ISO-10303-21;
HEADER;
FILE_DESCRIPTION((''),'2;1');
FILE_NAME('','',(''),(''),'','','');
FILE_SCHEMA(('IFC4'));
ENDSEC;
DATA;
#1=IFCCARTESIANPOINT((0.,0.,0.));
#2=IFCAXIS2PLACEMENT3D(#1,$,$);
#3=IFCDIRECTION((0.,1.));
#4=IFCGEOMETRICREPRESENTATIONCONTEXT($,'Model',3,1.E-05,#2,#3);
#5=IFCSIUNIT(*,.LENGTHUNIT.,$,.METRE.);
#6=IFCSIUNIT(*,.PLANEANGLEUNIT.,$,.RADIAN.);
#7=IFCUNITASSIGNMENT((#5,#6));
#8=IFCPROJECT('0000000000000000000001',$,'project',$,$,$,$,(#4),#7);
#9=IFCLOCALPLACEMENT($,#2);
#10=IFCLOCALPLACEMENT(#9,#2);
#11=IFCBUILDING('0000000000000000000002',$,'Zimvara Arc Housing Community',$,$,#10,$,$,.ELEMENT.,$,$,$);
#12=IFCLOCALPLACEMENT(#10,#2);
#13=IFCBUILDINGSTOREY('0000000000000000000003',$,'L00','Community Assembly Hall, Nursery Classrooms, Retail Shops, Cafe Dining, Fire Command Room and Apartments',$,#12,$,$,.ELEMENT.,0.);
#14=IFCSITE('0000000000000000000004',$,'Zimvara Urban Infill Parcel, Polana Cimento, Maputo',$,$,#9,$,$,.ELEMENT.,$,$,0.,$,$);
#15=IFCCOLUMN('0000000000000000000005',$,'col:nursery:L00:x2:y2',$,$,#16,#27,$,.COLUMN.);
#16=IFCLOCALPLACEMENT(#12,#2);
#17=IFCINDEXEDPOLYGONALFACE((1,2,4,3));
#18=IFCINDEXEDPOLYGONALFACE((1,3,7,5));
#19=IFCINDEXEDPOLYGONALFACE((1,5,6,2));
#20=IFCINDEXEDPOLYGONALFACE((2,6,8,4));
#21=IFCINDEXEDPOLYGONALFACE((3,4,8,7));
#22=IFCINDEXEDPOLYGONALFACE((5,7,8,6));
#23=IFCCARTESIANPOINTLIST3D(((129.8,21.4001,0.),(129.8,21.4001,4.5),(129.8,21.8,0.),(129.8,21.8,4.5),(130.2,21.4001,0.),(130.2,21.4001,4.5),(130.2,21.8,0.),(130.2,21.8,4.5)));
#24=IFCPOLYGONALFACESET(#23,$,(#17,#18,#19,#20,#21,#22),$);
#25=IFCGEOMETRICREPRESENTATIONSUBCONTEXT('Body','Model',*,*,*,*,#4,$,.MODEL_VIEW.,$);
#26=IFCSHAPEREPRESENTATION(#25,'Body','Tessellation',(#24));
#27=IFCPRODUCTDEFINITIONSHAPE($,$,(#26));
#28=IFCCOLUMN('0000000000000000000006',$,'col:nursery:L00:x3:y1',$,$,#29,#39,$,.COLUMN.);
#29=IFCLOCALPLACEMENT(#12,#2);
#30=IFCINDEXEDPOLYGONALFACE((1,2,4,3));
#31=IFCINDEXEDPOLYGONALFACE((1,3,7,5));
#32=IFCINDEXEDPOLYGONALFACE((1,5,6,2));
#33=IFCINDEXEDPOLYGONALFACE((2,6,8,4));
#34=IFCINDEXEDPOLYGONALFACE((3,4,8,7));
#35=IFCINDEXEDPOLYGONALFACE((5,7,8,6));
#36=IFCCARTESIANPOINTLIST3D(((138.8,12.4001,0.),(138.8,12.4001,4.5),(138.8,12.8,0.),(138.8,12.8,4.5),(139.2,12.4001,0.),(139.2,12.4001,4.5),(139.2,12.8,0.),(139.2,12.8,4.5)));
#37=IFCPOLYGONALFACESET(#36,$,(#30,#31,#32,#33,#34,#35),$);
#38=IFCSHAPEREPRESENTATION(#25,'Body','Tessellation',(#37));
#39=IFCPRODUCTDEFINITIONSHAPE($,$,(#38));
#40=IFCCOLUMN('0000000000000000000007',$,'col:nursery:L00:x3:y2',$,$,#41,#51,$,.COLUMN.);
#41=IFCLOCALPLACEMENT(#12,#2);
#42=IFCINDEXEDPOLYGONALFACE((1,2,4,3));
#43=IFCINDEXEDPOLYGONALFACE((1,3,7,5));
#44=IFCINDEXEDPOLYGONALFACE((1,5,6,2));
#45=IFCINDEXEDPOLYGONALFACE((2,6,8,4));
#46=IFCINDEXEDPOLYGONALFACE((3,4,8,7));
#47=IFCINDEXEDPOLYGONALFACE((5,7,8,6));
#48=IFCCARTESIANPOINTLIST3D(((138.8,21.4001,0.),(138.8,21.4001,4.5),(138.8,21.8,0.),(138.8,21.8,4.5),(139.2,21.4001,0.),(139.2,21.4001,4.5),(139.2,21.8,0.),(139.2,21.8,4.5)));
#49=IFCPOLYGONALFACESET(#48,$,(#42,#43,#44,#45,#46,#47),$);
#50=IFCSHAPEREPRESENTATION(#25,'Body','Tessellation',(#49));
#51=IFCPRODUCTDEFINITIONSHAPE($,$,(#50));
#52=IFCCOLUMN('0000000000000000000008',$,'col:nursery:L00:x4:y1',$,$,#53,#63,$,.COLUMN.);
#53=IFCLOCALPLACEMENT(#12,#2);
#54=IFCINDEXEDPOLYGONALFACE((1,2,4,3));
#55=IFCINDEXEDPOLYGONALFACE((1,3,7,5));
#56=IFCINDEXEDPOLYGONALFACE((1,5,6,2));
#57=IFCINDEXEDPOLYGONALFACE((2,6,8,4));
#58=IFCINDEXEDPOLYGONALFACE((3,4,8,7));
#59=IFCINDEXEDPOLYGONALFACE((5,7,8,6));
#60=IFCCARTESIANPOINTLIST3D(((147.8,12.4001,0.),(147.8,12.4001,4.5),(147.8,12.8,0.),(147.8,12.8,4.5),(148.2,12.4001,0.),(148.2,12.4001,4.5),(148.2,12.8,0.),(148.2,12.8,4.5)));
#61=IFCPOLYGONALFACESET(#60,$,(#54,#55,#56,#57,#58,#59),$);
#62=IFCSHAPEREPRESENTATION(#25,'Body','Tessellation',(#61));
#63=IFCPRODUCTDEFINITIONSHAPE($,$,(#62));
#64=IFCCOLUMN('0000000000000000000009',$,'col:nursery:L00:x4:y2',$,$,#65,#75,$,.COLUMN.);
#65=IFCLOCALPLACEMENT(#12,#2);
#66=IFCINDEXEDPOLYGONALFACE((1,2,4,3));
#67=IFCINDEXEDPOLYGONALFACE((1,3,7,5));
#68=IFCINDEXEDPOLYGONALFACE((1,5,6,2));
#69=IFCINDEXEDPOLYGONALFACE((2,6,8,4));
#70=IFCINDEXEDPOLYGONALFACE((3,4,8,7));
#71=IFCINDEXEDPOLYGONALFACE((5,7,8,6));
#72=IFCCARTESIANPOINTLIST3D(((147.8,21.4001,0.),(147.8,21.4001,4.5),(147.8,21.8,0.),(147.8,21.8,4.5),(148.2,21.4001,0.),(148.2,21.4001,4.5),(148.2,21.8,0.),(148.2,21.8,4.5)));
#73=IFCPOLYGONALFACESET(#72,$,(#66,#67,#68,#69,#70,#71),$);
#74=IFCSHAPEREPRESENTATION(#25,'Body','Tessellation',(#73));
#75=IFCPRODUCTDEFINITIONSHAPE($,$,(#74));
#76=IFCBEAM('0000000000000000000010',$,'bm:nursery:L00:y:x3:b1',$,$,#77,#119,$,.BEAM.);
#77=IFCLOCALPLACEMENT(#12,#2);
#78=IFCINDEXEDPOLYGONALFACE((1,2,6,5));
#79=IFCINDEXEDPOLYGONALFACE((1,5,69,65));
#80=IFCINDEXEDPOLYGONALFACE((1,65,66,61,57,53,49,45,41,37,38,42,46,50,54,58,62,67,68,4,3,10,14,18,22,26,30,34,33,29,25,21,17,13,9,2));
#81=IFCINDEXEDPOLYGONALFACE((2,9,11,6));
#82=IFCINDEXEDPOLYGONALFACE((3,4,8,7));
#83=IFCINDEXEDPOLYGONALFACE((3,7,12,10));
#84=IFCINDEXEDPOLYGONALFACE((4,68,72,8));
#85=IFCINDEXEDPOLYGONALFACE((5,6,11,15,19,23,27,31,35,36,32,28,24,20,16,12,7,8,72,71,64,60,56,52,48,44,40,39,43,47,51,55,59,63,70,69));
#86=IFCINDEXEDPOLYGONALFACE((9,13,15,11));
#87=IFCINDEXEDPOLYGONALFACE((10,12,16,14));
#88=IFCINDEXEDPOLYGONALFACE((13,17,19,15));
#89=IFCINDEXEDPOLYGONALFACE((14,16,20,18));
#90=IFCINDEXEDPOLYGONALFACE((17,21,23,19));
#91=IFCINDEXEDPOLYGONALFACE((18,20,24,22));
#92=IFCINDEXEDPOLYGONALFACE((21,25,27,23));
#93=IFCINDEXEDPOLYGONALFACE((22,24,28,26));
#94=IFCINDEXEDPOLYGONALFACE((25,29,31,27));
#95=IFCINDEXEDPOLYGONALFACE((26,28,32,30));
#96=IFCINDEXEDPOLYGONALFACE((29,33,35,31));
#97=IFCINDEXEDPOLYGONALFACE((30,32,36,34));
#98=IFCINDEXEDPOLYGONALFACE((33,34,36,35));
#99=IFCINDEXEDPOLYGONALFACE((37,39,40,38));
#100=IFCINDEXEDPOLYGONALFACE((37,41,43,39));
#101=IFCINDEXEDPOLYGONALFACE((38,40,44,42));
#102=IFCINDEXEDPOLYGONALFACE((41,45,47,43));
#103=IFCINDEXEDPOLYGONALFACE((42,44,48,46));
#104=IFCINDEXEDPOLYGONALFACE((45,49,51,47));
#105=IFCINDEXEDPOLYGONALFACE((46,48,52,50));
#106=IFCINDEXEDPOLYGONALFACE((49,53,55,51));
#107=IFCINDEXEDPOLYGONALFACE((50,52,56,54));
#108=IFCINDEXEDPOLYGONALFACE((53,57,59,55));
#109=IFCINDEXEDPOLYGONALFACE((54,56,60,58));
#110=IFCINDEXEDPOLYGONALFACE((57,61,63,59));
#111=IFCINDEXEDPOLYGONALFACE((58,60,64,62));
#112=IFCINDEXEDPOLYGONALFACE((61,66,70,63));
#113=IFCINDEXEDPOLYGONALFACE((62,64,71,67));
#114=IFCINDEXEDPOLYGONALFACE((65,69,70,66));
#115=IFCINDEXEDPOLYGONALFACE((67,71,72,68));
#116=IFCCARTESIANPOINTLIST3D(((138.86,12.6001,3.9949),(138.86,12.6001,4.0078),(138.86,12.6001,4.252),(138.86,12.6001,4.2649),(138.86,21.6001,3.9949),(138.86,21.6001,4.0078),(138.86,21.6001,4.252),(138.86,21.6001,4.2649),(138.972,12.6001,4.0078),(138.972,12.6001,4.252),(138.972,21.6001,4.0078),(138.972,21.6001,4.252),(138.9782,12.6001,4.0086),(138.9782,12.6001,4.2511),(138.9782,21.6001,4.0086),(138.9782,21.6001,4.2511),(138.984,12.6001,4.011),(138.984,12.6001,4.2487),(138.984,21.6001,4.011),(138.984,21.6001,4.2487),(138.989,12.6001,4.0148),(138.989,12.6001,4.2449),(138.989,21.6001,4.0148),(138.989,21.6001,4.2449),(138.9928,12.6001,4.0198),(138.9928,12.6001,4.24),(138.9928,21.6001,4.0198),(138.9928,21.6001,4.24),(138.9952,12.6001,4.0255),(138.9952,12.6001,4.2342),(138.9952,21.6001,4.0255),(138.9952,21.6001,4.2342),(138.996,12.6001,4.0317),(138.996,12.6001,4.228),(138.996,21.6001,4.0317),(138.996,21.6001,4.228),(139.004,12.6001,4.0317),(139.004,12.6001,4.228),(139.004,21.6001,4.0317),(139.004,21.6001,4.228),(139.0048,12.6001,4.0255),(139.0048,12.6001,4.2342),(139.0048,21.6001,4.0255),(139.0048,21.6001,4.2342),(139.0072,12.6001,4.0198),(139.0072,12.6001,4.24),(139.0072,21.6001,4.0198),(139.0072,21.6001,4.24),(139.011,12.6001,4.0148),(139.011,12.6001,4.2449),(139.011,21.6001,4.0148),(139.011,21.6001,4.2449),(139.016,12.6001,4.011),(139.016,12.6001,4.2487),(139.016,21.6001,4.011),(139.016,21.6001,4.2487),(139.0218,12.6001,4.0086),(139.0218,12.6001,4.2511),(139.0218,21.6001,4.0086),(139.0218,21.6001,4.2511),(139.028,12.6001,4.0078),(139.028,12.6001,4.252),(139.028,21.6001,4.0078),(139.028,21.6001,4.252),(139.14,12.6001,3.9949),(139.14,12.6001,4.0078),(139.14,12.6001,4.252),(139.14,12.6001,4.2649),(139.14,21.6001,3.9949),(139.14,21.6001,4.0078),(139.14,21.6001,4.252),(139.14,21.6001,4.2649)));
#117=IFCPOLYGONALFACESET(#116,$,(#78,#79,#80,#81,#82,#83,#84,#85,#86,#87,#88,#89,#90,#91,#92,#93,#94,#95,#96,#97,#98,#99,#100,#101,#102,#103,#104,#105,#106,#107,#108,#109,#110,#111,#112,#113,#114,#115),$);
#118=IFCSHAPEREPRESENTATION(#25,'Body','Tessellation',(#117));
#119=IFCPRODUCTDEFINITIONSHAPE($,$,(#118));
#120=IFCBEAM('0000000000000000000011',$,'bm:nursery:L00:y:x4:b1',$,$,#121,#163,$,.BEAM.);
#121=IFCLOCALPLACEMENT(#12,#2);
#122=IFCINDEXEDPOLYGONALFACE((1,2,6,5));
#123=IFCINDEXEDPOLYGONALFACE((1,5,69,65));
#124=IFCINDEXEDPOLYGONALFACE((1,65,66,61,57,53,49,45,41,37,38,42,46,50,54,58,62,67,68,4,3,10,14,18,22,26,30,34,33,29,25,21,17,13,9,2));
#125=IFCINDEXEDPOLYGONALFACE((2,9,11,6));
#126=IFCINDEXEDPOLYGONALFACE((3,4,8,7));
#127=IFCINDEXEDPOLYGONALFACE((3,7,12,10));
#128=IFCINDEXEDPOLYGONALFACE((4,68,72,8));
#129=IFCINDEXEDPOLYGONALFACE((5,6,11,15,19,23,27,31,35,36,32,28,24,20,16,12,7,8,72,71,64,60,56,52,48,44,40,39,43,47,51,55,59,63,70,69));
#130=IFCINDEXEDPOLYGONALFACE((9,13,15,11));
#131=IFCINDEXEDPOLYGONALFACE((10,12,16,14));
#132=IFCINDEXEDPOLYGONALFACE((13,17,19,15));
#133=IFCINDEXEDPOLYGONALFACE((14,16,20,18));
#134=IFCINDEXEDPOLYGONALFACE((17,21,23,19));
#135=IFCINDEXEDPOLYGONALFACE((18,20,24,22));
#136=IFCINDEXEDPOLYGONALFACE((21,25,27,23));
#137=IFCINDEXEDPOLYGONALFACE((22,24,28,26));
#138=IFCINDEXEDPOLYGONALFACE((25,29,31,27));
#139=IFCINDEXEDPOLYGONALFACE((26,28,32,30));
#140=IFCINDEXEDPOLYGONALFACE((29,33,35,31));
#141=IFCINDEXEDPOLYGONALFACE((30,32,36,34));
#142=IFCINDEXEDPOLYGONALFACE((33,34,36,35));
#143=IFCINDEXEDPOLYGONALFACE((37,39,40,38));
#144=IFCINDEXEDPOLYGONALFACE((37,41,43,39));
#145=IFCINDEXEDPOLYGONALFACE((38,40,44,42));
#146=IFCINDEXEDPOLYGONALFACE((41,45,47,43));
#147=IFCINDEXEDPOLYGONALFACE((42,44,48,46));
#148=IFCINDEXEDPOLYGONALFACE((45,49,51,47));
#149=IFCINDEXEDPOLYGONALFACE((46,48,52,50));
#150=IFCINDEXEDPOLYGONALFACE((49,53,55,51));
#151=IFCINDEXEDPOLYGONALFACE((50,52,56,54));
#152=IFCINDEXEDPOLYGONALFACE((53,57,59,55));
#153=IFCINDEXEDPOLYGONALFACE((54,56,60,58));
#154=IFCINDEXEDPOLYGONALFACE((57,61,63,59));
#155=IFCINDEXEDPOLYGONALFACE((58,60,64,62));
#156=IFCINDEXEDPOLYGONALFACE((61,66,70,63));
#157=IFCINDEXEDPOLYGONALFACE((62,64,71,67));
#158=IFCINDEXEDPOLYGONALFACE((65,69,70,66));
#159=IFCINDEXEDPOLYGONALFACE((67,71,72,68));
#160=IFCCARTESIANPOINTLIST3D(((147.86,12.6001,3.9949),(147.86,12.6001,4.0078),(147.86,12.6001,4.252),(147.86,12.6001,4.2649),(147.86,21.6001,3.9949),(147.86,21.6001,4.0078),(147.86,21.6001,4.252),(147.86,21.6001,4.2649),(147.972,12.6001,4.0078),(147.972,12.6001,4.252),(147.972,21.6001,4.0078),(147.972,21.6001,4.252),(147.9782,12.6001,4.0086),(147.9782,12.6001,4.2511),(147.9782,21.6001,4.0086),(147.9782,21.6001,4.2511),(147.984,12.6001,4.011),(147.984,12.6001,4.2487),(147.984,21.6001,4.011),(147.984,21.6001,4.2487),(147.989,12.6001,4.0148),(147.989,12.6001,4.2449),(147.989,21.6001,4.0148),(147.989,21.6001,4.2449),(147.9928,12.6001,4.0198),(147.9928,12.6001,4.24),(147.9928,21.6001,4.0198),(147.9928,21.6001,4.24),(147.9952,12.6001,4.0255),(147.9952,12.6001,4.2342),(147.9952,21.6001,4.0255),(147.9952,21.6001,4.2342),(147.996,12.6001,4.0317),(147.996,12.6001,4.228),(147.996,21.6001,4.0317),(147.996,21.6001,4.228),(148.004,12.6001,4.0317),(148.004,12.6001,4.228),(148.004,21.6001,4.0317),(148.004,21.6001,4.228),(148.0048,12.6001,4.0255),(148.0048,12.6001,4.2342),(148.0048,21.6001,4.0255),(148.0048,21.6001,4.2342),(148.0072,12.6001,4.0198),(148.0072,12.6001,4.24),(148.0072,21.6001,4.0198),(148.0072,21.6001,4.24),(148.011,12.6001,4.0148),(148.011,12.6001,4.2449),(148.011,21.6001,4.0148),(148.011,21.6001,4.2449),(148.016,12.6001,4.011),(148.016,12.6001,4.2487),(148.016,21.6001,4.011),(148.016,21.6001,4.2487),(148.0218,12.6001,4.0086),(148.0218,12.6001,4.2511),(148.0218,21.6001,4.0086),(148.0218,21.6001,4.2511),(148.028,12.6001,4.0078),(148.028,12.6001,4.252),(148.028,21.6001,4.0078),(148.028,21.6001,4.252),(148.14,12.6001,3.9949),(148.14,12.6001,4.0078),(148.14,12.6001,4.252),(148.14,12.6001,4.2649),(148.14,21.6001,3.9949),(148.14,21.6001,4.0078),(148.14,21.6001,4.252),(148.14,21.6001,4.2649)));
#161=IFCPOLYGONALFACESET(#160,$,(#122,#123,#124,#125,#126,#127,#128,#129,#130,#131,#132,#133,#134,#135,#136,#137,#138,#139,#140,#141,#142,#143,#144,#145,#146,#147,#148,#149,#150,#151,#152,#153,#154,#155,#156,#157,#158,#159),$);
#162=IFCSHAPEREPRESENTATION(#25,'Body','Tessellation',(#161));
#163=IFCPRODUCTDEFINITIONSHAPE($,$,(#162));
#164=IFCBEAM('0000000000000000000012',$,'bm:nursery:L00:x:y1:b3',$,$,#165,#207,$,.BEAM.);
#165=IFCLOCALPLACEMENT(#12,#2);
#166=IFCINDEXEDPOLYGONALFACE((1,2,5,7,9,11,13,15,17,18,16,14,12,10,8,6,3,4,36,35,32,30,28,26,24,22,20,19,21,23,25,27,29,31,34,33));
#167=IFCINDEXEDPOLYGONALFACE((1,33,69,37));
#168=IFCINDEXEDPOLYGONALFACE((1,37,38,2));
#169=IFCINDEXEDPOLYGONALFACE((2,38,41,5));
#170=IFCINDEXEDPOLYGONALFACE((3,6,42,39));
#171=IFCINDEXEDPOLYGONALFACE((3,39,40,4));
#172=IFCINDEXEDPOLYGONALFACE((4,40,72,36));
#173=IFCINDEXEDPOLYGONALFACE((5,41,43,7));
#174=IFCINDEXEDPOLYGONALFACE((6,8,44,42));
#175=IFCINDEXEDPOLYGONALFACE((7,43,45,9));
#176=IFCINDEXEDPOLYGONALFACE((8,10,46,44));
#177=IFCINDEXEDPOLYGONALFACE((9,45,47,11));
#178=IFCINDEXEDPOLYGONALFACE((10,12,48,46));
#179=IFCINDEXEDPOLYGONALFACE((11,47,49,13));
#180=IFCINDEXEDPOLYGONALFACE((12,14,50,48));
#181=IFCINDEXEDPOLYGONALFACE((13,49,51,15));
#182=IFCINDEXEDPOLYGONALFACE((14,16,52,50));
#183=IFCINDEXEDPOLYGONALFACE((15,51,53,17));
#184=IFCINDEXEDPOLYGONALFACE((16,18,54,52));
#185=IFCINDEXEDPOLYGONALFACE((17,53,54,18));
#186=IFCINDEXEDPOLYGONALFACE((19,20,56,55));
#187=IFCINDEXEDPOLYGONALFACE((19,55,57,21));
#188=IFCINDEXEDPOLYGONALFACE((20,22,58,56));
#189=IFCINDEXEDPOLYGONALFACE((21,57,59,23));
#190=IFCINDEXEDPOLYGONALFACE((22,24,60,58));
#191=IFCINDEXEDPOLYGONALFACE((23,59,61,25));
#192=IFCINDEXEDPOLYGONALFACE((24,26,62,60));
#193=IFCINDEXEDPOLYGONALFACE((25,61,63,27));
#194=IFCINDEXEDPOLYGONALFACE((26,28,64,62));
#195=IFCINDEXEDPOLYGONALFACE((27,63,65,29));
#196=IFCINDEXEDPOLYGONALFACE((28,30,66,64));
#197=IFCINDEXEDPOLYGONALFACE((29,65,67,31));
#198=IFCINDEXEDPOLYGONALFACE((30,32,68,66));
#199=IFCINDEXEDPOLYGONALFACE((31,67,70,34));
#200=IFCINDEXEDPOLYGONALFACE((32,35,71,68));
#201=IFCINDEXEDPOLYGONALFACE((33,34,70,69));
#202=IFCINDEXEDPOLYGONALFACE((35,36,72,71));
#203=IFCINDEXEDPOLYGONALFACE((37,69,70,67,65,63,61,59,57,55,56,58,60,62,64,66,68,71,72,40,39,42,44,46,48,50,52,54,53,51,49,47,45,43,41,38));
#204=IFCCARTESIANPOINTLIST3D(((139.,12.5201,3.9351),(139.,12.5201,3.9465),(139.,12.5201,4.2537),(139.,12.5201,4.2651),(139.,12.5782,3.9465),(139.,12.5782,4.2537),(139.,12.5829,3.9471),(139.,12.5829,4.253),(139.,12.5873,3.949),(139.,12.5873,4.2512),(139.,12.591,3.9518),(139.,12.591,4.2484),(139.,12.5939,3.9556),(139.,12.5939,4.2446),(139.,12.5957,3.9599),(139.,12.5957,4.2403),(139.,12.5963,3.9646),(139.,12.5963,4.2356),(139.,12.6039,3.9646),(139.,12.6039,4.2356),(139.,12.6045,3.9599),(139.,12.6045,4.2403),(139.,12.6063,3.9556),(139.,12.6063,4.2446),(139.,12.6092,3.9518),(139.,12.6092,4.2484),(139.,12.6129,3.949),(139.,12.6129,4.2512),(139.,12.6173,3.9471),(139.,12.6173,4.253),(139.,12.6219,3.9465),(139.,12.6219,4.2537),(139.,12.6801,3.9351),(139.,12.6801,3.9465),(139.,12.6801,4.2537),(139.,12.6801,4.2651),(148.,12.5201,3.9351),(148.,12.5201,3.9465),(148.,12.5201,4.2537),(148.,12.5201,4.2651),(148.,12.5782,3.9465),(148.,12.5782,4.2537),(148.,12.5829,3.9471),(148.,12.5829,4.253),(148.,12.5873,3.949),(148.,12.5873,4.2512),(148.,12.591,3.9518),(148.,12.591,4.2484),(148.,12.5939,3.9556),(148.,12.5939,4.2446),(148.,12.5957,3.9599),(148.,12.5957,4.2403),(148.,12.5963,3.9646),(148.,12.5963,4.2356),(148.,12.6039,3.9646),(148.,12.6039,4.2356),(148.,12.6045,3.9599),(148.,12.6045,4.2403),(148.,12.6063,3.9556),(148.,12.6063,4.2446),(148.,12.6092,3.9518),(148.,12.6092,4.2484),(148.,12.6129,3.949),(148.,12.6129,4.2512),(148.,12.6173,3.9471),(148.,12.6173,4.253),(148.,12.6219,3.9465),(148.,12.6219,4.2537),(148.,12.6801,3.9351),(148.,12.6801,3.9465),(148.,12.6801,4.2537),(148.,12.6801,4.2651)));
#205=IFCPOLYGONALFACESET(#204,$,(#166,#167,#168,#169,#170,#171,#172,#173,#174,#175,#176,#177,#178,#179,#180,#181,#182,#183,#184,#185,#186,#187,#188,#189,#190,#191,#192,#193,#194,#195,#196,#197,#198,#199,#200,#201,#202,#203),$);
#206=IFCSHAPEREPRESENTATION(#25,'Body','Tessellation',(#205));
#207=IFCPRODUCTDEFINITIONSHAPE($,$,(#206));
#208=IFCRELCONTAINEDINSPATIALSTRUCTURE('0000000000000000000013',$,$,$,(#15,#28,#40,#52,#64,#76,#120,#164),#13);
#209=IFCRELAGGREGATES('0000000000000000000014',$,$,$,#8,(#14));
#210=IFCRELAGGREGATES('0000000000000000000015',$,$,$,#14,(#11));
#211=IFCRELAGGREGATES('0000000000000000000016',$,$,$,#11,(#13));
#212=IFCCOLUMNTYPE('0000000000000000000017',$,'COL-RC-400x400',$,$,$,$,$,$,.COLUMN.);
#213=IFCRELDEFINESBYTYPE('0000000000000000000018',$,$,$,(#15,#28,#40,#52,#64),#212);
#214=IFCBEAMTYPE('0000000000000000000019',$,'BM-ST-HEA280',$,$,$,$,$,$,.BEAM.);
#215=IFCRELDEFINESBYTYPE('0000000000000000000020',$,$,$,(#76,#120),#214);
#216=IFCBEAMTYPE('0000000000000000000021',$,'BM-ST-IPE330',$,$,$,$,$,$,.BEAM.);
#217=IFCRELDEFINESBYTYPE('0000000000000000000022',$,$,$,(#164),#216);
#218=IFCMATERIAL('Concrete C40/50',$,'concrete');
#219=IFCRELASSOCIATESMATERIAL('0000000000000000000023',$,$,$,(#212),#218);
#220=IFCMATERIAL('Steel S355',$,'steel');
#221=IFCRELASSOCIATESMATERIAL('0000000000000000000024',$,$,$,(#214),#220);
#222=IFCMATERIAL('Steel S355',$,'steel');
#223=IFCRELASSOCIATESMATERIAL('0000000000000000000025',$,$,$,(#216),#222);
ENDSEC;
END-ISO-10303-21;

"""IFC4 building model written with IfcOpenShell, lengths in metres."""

from ifc_helpers import new_model, si_unit, direction, frame, origin, origin_2d, place, context, subcontext, project, spatial, rectangle, i_section, extrude, material, material_profile, profile_set, type_object, element, save


model = new_model("IFC4")

# Units and contexts
model_context = context("Model", 3, precision=1e-05, world=origin(), true_north=direction((0.0, 1.0)))
body_context = subcontext(model_context, "Body", "Model", "MODEL_VIEW")
ifc_project = project(units=[si_unit("LENGTHUNIT", "METRE"), si_unit("PLANEANGLEUNIT", "RADIAN")], contexts=[model_context])

# Site, building, storey
site_placement = place(None, origin())
site = spatial("IfcSite", under=ifc_project, at=site_placement, Name="Zimvara Urban Infill Parcel, Polana Cimento, Maputo", CompositionType="ELEMENT", RefElevation=0.0)
building_placement = place(site_placement, origin())
building = spatial("IfcBuilding", under=site, at=building_placement, Name="Zimvara Arc Housing Community", CompositionType="ELEMENT")
storey_placement = place(building_placement, origin())
storey = spatial("IfcBuildingStorey", under=building, at=storey_placement, Name="L00", Description="Community Assembly Hall, Nursery Classrooms, Retail Shops, Cafe Dining, Fire Command Room and Apartments", CompositionType="ELEMENT", Elevation=0.0)

# Columns
ifc_material_1 = material(Name="Concrete C40/50", Category="concrete")
ifc_material_profile_1 = material_profile(ifc_material_1, rectangle(XDim=0.3999, YDim=0.3999, at=origin_2d()), Name="RC 400x400")
ifc_profile_set_1 = profile_set([ifc_material_profile_1], Name="Concrete C40/50")
column_type = type_object("IfcColumnType", Name="COL-RC-400x400", PredefinedType="COLUMN", material=ifc_profile_set_1)
for number, where, z_axis, x_axis, name in (
    (1, (130.0, 21.6001, 0.0), (0.0, 0.0, 1.0), (1.0, 0.0, 0.0), "col:nursery:L00:x2:y2"),
    (2, (139.0, 12.6001, 0.0), (0.0, 0.0, 1.0), (1.0, 0.0, 0.0), "col:nursery:L00:x3:y1"),
    (3, (139.0, 21.6001, 0.0), (0.0, 0.0, 1.0), (1.0, 0.0, 0.0), "col:nursery:L00:x3:y2"),
    (4, (148.0, 12.6001, 0.0), (0.0, 0.0, 1.0), (1.0, 0.0, 0.0), "col:nursery:L00:x4:y1"),
    (5, (148.0, 21.6001, 0.0), (0.0, 0.0, 1.0), (1.0, 0.0, 0.0), "col:nursery:L00:x4:y2"),
):
    element("IfcColumn", number, at=place(storey_placement, frame(where, z_axis=z_axis, x_axis=x_axis)), inside=storey, type_object=column_type, Name=name, PredefinedType="COLUMN", context=body_context, shape_type="SweptSolid", body=[
        extrude(rectangle(XDim=0.3999, YDim=0.3999, at=origin_2d()), origin(), (0.0, 0.0, 1.0), 4.5),
    ])

# Beams
ifc_material_2 = material(Name="Steel S355", Category="steel")
ifc_material_profile_2 = material_profile(ifc_material_2, i_section(OverallWidth=0.28, OverallDepth=0.27, WebThickness=0.0081, FlangeThickness=0.0129, FilletRadius=0.0239, at=origin_2d()), Name="HEA 280")
ifc_profile_set_2 = profile_set([ifc_material_profile_2], Name="Steel S355")
beam_type_1 = type_object("IfcBeamType", Name="BM-ST-HEA280", PredefinedType="BEAM", material=ifc_profile_set_2)
for number, where, z_axis, x_axis, name in (
    (6, (139.0, 12.6001, 4.1299), (0.0, 1.0, 0.0), (-1.0, 0.0, 0.0), "bm:nursery:L00:y:x3:b1"),
    (7, (148.0, 12.6001, 4.1299), (0.0, 1.0, 0.0), (-1.0, 0.0, 0.0), "bm:nursery:L00:y:x4:b1"),
):
    element("IfcBeam", number, at=place(storey_placement, frame(where, z_axis=z_axis, x_axis=x_axis)), inside=storey, type_object=beam_type_1, Name=name, PredefinedType="BEAM", context=body_context, shape_type="SweptSolid", body=[
        extrude(i_section(OverallWidth=0.28, OverallDepth=0.27, WebThickness=0.0081, FlangeThickness=0.0129, FilletRadius=0.0239, at=origin_2d()), origin(), (0.0, 0.0, 1.0), 9.0),
    ])
ifc_material_3 = material(Name="Steel S355", Category="steel")
ifc_material_profile_3 = material_profile(ifc_material_3, i_section(OverallWidth=0.1599, OverallDepth=0.3301, WebThickness=0.0076, FlangeThickness=0.0115, FilletRadius=0.0181, at=origin_2d()), Name="IPE 330")
ifc_profile_set_3 = profile_set([ifc_material_profile_3], Name="Steel S355")
beam_type_2 = type_object("IfcBeamType", Name="BM-ST-IPE330", PredefinedType="BEAM", material=ifc_profile_set_3)
for number, where, z_axis, x_axis, name in (
    (8, (139.0, 12.6001, 4.1001), (1.0, 0.0, 0.0), (0.0, 1.0, 0.0), "bm:nursery:L00:x:y1:b3"),
):
    element("IfcBeam", number, at=place(storey_placement, frame(where, z_axis=z_axis, x_axis=x_axis)), inside=storey, type_object=beam_type_2, Name=name, PredefinedType="BEAM", context=body_context, shape_type="SweptSolid", body=[
        extrude(i_section(OverallWidth=0.1599, OverallDepth=0.3301, WebThickness=0.0076, FlangeThickness=0.0115, FilletRadius=0.0181, at=origin_2d()), origin(), (0.0, 0.0, 1.0), 9.0),
    ])

save(model, "model.ifc")
